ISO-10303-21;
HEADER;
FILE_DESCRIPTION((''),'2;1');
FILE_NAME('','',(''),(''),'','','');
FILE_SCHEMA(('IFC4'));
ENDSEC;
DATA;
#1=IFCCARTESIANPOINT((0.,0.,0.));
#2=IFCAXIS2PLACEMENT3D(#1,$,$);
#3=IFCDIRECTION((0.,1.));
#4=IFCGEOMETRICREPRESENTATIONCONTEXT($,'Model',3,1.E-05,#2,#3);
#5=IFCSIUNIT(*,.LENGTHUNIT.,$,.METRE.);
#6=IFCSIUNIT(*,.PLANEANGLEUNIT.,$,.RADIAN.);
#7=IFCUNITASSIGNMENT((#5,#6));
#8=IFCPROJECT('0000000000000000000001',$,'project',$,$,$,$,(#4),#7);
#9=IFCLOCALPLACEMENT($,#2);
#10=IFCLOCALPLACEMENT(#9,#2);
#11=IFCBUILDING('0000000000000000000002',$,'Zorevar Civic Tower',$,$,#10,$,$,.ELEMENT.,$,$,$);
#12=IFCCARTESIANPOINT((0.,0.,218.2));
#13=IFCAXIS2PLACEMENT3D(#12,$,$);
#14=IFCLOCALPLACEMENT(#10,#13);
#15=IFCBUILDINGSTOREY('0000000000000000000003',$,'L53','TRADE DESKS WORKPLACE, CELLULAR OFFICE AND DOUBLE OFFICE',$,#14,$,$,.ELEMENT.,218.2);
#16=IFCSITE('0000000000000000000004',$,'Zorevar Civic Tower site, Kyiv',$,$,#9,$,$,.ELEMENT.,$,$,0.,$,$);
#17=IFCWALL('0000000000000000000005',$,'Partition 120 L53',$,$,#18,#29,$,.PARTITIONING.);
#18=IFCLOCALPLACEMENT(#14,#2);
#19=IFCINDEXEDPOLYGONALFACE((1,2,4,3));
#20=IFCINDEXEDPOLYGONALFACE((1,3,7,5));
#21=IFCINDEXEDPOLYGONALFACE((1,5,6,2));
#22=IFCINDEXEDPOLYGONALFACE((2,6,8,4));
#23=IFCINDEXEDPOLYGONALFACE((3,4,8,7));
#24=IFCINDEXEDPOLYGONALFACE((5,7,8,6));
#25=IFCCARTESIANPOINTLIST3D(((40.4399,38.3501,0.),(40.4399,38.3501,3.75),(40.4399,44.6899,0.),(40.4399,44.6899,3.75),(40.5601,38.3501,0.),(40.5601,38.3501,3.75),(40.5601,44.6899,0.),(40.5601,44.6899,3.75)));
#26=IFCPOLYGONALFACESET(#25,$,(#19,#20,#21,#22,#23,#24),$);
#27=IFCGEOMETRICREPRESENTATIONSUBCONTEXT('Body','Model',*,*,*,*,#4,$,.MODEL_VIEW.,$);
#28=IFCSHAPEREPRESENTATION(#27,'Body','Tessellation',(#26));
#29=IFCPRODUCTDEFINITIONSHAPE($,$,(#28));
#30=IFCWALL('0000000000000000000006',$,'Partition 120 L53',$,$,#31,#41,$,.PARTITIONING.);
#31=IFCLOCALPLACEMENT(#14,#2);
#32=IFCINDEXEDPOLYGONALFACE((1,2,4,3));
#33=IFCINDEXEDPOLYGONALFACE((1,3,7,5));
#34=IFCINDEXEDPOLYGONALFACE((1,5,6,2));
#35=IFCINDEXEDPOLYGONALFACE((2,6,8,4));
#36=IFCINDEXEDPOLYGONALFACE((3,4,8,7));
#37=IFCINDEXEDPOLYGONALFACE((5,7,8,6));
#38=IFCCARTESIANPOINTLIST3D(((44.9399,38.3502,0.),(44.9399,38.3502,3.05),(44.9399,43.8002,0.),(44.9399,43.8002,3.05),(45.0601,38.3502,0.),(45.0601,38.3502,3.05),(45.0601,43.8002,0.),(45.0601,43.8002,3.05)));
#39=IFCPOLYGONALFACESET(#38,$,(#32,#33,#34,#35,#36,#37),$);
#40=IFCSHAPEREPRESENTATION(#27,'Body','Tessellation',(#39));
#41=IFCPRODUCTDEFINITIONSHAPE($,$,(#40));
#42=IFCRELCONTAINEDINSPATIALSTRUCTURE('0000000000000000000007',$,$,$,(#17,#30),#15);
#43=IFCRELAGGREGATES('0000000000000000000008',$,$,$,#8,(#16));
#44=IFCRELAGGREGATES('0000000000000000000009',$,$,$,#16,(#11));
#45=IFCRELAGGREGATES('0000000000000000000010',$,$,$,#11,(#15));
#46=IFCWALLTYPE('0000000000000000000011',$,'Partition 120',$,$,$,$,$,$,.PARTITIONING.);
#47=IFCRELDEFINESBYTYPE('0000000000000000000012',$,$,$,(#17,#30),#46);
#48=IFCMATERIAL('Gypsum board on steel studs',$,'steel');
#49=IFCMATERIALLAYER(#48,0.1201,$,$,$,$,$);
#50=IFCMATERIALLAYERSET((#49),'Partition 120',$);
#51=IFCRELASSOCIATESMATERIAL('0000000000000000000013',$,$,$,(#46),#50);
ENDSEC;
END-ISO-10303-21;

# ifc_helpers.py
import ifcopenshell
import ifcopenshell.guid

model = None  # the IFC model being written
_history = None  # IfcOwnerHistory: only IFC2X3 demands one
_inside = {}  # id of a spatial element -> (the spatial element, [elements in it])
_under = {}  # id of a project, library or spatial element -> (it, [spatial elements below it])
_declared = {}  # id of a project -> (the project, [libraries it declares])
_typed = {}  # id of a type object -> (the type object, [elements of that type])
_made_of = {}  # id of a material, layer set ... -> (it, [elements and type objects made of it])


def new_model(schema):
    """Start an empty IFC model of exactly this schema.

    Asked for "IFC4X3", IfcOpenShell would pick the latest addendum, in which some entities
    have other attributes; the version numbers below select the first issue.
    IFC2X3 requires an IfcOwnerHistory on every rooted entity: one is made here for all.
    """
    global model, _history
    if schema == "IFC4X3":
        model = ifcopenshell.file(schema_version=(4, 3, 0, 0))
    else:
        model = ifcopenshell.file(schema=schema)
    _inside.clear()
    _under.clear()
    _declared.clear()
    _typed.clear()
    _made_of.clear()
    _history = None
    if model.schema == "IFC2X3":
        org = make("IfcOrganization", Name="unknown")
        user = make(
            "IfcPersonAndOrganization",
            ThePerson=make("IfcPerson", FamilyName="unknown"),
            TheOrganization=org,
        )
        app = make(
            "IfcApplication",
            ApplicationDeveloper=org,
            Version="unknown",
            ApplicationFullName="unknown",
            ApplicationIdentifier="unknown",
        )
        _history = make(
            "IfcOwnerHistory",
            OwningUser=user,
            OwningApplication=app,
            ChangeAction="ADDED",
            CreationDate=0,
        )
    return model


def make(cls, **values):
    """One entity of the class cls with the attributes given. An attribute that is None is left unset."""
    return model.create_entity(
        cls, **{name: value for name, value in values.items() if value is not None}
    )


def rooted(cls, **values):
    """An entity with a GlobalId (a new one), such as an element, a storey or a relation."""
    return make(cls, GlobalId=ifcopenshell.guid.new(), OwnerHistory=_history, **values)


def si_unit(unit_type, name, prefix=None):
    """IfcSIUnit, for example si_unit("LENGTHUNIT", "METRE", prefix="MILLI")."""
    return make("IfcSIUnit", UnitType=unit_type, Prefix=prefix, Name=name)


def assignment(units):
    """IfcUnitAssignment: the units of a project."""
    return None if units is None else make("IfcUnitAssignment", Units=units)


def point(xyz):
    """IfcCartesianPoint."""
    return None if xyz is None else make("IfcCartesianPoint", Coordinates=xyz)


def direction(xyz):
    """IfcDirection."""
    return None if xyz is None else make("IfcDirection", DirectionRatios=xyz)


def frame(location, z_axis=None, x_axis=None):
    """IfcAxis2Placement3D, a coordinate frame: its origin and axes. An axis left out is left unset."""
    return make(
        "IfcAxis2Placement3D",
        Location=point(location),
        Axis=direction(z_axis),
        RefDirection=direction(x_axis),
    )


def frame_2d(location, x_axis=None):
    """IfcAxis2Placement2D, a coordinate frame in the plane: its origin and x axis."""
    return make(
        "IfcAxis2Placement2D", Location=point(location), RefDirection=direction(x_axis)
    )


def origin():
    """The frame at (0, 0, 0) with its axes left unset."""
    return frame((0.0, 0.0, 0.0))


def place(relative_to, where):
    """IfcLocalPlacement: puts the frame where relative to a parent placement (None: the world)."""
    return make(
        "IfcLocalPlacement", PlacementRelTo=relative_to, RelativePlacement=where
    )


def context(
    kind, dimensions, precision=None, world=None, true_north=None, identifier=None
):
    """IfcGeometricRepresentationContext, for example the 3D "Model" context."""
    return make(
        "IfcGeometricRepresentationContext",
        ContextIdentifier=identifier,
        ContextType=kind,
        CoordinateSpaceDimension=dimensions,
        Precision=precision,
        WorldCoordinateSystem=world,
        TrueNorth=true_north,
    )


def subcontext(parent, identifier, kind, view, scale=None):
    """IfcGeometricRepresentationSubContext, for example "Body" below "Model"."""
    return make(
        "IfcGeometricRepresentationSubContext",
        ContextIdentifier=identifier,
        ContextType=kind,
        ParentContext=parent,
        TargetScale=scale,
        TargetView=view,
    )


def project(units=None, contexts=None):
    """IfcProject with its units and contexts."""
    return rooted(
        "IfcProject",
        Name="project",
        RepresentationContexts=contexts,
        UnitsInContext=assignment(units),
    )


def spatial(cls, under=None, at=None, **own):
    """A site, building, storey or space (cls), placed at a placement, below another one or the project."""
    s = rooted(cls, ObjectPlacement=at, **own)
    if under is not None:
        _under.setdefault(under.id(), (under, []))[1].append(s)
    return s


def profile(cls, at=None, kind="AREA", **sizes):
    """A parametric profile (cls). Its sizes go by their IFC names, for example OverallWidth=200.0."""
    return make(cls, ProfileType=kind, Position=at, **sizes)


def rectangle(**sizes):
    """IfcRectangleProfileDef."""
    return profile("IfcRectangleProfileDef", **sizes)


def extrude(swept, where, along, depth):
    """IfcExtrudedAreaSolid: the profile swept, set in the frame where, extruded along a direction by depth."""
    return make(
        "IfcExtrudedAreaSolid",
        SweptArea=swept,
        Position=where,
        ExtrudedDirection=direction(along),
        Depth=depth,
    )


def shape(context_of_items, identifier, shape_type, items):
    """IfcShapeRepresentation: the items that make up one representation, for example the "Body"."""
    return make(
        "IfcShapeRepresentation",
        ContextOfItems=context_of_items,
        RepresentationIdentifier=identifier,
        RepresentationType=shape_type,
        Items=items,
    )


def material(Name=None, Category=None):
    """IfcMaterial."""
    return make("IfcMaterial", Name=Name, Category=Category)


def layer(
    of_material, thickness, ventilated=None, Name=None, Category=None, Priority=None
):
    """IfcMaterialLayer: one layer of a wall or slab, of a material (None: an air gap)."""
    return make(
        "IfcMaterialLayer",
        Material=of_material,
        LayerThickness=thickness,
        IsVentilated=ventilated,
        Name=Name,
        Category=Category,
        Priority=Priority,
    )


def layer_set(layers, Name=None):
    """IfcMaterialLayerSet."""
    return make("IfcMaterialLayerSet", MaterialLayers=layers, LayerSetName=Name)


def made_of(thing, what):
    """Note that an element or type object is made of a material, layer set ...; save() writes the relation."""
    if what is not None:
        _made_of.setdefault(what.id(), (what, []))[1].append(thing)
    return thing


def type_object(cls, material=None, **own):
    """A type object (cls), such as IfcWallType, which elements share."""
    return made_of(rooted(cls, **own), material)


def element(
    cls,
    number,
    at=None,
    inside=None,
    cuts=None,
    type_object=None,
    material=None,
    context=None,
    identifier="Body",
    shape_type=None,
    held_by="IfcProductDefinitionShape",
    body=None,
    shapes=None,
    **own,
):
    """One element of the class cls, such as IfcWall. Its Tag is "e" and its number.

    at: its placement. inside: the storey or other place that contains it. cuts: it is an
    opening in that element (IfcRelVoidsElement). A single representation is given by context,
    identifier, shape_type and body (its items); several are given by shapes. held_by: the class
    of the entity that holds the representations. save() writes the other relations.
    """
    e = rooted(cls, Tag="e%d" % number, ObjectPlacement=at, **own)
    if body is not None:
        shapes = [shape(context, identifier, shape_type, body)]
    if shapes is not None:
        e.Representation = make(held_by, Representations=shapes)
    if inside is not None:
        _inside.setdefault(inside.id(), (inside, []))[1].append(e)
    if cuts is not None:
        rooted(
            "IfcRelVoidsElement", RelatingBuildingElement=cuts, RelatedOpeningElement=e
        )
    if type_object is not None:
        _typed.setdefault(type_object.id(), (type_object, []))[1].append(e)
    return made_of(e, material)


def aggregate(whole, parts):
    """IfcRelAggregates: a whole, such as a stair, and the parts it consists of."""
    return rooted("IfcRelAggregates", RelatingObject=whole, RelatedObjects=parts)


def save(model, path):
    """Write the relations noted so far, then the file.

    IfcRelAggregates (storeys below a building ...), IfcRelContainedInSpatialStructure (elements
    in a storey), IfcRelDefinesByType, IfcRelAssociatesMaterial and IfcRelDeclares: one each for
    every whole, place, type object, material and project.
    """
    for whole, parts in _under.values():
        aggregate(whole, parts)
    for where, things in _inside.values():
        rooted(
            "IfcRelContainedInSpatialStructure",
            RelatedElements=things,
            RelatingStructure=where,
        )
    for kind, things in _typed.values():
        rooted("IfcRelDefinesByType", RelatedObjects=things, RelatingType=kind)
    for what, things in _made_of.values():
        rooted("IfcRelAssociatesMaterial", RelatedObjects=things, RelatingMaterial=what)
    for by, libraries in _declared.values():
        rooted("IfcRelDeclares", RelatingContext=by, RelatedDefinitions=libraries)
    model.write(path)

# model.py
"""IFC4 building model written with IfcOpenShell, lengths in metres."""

from ifc_helpers import new_model, si_unit, direction, frame, frame_2d, origin, place, context, subcontext, project, spatial, rectangle, extrude, material, layer, layer_set, type_object, element, save


model = new_model("IFC4")

# Units and contexts
model_context = context("Model", 3, precision=1e-05, world=origin(), true_north=direction((0.0, 1.0)))
body_context = subcontext(model_context, "Body", "Model", "MODEL_VIEW")
ifc_project = project(units=[si_unit("LENGTHUNIT", "METRE"), si_unit("PLANEANGLEUNIT", "RADIAN")], contexts=[model_context])

# Site, building, storey
site_placement = place(None, origin())
site = spatial("IfcSite", under=ifc_project, at=site_placement, Name="Zorevar Civic Tower site, Kyiv", CompositionType="ELEMENT", RefElevation=0.0)
building_placement = place(site_placement, origin())
building = spatial("IfcBuilding", under=site, at=building_placement, Name="Zorevar Civic Tower", CompositionType="ELEMENT")
storey_placement = place(building_placement, frame((0.0, 0.0, 218.2)))
storey = spatial("IfcBuildingStorey", under=building, at=storey_placement, Name="L53", Description="TRADE DESKS WORKPLACE, CELLULAR OFFICE AND DOUBLE OFFICE", CompositionType="ELEMENT", Elevation=218.2)

# Shared definitions
ifc_material_1 = material(Name="Gypsum board on steel studs", Category="steel")
ifc_layer_1 = layer(ifc_material_1, 0.1201)
ifc_layer_set_1 = layer_set([ifc_layer_1], Name="Partition 120")
wall_type_1 = type_object("IfcWallType", Name="Partition 120", PredefinedType="PARTITIONING", material=ifc_layer_set_1)

# Walls
wall_1_placement = place(storey_placement, frame((40.5, 38.3501, 0.0), z_axis=(0.0, 0.0, 1.0), x_axis=(0.0, 1.0, 0.0)))
element("IfcWall", 1, at=wall_1_placement, inside=storey, type_object=wall_type_1, Name="Partition 120 L53", PredefinedType="PARTITIONING", context=body_context, shape_type="SweptSolid", body=[
    extrude(rectangle(XDim=6.3398, YDim=0.1201, at=frame_2d((3.1699, 0.0))), origin(), (0.0, 0.0, 1.0), 3.75),
])
wall_2_placement = place(storey_placement, frame((45.0, 38.3501, 0.0), z_axis=(0.0, 0.0, 1.0), x_axis=(0.0, 1.0, 0.0)))
element("IfcWall", 2, at=wall_2_placement, inside=storey, type_object=wall_type_1, Name="Partition 120 L53", PredefinedType="PARTITIONING", context=body_context, shape_type="SweptSolid", body=[
    extrude(rectangle(XDim=5.45, YDim=0.1201, at=frame_2d((2.7251, 0.0))), origin(), (0.0, 0.0, 1.0), 3.05),
])

save(model, "model.ifc")
